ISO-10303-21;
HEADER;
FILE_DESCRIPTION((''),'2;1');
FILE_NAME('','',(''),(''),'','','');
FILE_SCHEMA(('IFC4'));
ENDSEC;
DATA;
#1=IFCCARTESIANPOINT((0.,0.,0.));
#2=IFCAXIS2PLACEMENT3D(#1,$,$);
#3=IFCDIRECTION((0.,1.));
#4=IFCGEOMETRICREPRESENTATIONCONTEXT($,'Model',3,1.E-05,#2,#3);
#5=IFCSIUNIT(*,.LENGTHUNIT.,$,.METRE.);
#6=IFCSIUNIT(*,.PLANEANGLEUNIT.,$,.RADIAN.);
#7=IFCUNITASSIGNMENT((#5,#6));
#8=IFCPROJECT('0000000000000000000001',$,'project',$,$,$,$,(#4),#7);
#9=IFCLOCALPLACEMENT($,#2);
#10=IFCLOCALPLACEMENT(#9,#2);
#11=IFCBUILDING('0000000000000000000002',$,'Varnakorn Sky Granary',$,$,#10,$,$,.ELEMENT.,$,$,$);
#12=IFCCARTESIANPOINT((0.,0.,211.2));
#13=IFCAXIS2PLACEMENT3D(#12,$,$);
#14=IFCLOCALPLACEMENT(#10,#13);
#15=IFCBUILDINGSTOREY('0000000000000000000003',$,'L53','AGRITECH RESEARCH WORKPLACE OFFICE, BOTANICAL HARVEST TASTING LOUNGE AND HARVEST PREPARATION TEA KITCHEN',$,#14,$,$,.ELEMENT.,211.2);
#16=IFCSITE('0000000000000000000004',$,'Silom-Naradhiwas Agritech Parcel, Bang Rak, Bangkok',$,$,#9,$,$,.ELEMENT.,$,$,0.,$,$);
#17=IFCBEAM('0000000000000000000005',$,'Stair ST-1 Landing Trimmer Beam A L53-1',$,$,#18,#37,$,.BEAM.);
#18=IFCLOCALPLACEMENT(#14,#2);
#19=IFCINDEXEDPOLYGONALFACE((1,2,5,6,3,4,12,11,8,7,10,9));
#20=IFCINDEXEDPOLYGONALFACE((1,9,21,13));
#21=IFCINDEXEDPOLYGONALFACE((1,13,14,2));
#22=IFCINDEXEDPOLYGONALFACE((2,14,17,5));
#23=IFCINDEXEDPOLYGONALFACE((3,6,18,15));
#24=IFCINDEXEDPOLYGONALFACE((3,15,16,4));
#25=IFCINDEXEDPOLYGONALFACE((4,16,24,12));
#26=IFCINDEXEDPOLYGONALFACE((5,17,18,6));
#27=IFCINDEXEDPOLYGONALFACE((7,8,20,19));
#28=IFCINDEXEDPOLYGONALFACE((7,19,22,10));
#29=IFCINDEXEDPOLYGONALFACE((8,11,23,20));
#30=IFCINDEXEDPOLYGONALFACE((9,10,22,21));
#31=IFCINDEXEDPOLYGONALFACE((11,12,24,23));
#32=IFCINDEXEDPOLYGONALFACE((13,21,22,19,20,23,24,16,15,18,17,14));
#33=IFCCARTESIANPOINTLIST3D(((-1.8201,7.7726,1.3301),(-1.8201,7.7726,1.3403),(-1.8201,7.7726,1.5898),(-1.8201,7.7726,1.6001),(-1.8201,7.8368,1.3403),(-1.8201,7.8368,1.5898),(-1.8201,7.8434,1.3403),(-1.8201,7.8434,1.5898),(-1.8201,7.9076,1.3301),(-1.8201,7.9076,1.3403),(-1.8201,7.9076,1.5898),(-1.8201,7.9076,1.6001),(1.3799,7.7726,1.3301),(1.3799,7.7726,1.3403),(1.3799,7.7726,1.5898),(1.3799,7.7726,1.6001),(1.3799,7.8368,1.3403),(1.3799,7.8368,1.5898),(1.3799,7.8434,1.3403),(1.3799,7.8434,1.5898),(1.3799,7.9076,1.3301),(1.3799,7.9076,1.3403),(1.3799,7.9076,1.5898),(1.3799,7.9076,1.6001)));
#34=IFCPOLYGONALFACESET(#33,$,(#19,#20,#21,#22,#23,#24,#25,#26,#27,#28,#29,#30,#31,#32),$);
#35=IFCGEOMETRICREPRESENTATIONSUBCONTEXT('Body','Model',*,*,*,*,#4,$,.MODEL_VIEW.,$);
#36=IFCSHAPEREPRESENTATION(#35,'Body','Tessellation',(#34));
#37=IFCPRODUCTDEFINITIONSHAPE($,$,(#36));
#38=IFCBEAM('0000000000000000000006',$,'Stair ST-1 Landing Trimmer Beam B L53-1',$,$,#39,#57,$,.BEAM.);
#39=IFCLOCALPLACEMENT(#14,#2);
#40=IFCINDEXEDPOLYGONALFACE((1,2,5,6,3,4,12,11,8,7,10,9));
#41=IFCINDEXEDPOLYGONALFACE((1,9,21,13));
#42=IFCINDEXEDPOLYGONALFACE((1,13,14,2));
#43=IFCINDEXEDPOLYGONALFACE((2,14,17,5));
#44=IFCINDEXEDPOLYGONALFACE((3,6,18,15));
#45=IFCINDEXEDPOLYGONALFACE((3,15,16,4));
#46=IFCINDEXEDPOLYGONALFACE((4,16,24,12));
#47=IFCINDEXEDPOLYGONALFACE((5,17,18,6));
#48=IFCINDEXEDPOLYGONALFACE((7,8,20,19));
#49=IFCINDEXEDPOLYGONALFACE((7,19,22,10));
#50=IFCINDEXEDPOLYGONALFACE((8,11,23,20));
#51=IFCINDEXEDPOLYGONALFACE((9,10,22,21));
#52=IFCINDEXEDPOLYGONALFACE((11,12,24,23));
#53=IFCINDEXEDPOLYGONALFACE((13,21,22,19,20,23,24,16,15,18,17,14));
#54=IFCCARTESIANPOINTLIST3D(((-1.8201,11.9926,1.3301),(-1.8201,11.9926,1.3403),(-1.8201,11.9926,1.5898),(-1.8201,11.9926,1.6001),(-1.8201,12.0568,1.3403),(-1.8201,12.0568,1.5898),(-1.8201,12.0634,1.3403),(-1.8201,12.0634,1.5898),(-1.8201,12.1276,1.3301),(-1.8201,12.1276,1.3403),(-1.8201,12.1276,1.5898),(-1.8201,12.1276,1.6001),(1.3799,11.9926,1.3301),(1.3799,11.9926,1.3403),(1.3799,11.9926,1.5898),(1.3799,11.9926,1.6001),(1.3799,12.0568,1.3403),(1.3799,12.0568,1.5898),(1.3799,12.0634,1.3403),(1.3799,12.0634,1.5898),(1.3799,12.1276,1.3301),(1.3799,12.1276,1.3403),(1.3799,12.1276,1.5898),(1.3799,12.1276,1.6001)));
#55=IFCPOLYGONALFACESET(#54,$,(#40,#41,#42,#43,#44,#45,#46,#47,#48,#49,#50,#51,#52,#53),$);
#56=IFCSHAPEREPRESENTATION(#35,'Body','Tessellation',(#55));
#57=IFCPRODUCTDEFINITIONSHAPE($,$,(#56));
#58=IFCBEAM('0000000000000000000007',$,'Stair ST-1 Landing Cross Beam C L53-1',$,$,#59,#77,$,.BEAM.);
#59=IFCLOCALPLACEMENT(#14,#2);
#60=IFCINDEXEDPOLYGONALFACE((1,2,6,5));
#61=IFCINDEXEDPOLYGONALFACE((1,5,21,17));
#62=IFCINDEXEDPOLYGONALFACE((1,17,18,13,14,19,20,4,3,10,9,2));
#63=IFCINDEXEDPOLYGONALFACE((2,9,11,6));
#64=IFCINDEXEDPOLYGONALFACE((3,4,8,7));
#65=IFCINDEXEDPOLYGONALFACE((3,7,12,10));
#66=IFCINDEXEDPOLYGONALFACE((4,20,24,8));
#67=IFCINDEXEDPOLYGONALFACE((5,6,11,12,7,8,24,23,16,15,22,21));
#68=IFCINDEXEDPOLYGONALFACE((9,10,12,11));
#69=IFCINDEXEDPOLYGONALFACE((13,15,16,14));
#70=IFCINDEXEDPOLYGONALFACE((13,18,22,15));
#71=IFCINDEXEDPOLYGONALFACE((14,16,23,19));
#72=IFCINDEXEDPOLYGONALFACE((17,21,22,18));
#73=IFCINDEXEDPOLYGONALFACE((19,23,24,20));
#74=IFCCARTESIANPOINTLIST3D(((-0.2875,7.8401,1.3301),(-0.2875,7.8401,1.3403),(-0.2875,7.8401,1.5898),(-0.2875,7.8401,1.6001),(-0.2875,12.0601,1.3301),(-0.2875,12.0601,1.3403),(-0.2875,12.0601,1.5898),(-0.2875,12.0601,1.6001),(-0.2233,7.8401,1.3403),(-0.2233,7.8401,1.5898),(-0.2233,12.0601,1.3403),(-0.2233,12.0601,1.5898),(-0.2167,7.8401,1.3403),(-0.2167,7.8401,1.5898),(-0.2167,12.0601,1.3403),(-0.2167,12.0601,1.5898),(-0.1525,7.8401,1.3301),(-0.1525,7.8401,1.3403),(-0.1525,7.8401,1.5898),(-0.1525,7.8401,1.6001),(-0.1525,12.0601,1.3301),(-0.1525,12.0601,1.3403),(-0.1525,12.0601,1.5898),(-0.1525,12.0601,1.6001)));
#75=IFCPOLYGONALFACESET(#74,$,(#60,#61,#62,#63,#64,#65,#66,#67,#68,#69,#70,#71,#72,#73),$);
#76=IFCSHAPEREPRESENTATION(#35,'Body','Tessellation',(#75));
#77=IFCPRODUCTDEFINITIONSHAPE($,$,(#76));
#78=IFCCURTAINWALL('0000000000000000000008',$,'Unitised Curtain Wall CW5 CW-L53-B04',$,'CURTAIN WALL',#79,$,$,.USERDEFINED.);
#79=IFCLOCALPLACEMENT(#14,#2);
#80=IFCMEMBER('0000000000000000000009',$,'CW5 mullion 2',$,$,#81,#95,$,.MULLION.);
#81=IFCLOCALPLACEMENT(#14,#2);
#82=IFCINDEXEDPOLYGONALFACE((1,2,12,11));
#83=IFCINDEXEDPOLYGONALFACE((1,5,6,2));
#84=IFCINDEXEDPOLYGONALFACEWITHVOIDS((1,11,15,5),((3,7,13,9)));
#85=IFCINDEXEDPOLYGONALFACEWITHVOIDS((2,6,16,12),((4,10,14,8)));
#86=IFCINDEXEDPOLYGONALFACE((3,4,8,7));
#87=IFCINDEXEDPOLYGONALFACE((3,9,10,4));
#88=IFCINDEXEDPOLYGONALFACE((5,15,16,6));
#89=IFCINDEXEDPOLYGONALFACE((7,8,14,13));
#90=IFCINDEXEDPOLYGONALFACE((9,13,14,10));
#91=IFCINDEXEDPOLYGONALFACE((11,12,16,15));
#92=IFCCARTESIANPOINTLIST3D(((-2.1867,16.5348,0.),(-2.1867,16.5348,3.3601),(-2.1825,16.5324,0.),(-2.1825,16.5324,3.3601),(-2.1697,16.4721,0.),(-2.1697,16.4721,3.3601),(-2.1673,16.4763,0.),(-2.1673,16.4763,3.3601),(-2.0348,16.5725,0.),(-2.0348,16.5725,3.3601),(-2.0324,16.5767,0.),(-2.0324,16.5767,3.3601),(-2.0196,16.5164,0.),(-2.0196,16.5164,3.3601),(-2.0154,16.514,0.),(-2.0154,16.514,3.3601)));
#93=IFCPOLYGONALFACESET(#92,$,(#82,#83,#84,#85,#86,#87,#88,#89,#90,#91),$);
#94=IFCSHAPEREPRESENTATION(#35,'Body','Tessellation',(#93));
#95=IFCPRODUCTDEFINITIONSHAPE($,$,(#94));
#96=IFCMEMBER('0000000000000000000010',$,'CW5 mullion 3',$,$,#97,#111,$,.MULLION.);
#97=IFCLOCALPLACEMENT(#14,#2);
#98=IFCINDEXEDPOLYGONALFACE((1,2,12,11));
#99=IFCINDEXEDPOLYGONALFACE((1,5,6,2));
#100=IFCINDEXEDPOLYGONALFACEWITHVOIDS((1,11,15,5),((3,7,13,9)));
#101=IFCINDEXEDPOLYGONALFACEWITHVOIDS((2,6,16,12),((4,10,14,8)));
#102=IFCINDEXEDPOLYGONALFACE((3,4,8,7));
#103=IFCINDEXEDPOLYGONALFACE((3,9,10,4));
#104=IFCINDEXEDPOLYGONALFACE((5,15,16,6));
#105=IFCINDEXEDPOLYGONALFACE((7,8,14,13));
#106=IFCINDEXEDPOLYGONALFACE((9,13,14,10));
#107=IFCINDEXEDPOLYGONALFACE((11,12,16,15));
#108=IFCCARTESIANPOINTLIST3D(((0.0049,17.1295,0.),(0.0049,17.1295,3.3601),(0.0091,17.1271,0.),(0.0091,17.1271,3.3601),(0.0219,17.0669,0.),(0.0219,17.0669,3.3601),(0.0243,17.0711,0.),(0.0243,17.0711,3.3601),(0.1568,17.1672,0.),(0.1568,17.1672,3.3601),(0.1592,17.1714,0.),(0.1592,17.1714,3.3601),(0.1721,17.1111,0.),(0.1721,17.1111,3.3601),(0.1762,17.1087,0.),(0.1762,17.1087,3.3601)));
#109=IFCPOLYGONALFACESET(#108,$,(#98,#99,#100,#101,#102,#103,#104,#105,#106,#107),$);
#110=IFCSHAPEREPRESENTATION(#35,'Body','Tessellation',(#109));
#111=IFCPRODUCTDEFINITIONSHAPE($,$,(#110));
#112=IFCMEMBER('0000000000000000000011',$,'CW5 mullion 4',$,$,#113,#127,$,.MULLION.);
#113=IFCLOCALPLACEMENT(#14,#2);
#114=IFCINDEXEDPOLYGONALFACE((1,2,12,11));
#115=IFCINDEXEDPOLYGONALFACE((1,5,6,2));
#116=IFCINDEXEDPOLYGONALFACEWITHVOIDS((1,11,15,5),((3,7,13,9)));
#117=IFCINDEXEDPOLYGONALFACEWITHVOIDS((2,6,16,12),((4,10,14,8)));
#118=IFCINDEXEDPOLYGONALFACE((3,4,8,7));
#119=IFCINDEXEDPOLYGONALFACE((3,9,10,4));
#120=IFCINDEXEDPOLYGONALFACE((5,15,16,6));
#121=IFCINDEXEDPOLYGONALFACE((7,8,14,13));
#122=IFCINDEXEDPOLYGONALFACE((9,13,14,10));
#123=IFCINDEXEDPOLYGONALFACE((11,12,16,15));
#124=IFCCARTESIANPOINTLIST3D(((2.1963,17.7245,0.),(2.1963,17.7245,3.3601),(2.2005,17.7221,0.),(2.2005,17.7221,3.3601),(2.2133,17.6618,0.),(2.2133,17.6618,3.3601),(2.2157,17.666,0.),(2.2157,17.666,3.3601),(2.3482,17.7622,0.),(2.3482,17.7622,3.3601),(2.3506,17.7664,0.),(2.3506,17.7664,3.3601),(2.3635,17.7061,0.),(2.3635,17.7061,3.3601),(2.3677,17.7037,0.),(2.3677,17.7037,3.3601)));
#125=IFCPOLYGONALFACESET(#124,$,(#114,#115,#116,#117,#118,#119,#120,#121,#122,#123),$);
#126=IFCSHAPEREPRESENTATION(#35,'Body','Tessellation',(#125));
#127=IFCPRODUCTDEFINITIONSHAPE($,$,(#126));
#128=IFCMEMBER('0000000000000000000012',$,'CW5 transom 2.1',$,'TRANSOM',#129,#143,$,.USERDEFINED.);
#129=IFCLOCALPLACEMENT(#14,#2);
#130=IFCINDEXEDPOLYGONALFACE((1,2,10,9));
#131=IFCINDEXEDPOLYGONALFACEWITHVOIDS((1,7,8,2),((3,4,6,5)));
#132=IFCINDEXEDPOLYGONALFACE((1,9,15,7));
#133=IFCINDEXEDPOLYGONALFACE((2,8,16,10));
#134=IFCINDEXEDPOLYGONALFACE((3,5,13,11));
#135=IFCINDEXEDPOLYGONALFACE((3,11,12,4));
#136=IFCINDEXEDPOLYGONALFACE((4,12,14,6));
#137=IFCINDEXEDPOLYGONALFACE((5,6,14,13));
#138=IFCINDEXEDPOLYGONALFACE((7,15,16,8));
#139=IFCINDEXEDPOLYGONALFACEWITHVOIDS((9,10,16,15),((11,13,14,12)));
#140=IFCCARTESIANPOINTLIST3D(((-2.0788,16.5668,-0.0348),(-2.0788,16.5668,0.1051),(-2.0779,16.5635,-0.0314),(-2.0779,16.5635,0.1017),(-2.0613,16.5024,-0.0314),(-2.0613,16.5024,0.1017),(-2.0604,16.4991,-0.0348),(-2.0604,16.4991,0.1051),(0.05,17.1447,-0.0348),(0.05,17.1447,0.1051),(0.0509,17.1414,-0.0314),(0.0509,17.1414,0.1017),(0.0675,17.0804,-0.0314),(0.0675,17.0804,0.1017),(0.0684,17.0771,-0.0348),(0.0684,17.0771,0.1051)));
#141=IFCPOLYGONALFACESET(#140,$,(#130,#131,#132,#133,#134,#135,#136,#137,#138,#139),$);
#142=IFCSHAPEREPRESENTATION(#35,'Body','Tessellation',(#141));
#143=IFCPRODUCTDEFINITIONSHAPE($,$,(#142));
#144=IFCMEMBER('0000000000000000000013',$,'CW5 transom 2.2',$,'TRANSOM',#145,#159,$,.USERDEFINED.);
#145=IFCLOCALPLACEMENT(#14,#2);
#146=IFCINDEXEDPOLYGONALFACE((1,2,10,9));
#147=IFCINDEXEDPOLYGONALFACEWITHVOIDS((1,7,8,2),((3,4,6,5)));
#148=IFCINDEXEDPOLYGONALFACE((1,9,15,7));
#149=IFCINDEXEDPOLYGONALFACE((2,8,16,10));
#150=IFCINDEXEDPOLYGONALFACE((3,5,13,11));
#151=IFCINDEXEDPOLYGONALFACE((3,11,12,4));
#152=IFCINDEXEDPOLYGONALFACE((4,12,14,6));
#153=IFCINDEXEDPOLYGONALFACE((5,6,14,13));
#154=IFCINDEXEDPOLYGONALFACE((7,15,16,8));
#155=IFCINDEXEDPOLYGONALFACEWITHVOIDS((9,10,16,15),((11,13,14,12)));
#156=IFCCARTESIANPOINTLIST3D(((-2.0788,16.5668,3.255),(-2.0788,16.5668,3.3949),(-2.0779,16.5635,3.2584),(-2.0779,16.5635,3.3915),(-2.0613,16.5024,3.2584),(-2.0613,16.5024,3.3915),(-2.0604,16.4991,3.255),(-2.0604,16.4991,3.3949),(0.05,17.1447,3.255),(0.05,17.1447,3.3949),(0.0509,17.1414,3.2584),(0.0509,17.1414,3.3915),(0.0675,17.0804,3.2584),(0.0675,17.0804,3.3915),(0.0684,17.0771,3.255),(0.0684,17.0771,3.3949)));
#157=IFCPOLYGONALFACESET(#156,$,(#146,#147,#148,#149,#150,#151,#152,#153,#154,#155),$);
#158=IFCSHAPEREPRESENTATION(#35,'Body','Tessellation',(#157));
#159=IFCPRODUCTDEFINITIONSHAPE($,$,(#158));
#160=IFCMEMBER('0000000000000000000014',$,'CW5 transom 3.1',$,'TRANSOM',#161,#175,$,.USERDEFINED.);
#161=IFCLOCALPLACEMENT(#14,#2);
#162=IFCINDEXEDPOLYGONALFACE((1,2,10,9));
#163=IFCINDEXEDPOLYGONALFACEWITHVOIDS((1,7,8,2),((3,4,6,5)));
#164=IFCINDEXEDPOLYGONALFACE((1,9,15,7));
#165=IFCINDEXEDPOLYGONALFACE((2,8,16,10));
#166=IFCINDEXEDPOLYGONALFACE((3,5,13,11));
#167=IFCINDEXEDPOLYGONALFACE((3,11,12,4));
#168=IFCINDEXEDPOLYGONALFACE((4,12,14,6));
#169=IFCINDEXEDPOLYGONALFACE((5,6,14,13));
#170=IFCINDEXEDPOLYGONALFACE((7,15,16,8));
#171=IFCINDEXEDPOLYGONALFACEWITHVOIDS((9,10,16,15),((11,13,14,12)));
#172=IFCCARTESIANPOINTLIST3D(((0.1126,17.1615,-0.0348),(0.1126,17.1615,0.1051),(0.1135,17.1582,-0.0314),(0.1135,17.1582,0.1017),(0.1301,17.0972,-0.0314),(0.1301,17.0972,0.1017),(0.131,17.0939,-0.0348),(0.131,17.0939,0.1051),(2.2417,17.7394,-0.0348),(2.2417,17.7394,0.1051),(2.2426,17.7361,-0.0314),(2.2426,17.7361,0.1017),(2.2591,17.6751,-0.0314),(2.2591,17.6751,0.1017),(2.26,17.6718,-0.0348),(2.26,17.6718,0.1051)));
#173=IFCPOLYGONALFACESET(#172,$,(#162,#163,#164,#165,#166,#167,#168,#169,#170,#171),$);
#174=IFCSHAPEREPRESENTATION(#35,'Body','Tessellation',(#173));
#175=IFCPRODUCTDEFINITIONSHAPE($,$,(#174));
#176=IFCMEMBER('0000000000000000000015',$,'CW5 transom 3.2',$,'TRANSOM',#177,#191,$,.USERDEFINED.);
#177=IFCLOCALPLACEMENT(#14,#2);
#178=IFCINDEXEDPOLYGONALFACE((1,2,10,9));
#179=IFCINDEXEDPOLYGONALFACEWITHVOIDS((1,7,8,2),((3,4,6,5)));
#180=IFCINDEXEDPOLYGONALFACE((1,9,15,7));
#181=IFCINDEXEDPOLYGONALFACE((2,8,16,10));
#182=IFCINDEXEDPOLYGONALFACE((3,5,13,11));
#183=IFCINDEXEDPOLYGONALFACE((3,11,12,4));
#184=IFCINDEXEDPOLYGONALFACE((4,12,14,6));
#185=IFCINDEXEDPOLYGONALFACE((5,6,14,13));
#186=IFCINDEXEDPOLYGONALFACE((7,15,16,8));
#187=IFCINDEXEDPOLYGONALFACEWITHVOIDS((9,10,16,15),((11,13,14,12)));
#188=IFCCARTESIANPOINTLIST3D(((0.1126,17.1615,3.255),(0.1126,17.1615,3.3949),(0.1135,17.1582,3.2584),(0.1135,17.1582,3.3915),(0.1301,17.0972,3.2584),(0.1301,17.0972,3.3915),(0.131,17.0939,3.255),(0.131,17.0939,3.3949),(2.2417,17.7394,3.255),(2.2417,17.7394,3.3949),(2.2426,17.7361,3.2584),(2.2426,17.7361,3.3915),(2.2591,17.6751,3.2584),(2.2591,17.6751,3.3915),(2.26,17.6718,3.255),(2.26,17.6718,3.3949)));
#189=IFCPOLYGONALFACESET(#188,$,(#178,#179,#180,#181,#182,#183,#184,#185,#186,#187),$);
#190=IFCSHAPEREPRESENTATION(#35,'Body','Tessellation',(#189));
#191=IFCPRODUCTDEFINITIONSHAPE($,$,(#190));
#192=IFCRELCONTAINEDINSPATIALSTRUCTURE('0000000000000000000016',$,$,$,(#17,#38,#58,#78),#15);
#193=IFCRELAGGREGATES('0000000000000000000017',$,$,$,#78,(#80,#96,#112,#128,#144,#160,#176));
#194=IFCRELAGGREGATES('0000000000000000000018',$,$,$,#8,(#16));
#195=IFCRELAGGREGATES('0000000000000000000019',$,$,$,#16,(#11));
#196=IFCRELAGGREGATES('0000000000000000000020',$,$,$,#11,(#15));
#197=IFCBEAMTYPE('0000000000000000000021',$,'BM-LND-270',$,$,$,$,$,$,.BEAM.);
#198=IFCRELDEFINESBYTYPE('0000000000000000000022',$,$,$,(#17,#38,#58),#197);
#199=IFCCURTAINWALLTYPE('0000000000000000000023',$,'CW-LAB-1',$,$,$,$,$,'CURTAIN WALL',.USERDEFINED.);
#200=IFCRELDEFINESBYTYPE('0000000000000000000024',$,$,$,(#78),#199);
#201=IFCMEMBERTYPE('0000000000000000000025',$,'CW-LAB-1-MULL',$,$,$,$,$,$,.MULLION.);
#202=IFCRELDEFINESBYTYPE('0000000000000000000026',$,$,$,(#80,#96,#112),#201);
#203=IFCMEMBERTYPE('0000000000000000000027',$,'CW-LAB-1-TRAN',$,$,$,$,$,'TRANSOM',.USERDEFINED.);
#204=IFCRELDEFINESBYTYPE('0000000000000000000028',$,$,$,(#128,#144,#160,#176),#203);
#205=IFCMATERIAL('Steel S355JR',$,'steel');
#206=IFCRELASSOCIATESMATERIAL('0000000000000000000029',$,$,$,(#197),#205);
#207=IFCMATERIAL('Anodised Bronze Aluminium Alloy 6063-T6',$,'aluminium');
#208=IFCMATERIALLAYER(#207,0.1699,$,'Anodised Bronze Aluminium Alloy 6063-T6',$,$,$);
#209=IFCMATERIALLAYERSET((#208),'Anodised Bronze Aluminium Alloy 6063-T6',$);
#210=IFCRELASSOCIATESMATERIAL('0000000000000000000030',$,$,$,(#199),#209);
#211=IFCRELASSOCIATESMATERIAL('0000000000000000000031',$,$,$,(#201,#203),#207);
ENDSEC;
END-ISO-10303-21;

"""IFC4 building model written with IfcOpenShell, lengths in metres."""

from ifc_helpers import new_model, si_unit, direction, frame, origin, origin_2d, place, context, subcontext, project, spatial, hollow_rectangle, i_section, extrude, material, layer, layer_set, material_profile, profile_set, type_object, element, aggregate, save


model = new_model("IFC4")

# Units and contexts
model_context = context("Model", 3, precision=1e-05, world=origin(), true_north=direction((0.0, 1.0)))
body_context = subcontext(model_context, "Body", "Model", "MODEL_VIEW")
ifc_project = project(units=[si_unit("LENGTHUNIT", "METRE"), si_unit("PLANEANGLEUNIT", "RADIAN")], contexts=[model_context])

# Site, building, storey
site_placement = place(None, origin())
site = spatial("IfcSite", under=ifc_project, at=site_placement, Name="Silom-Naradhiwas Agritech Parcel, Bang Rak, Bangkok", CompositionType="ELEMENT", RefElevation=0.0)
building_placement = place(site_placement, origin())
building = spatial("IfcBuilding", under=site, at=building_placement, Name="Varnakorn Sky Granary", CompositionType="ELEMENT")
storey_placement = place(building_placement, frame((0.0, 0.0, 211.2)))
storey = spatial("IfcBuildingStorey", under=building, at=storey_placement, Name="L53", Description="AGRITECH RESEARCH WORKPLACE OFFICE, BOTANICAL HARVEST TASTING LOUNGE AND HARVEST PREPARATION TEA KITCHEN", CompositionType="ELEMENT", Elevation=211.2)

# Beams
ifc_material_1 = material(Name="Steel S355JR", Category="steel")
ifc_material_profile_1 = material_profile(ifc_material_1, i_section(OverallWidth=0.135, OverallDepth=0.27, WebThickness=0.0066, FlangeThickness=0.0103, at=origin_2d()), Name="IPE 270")
ifc_profile_set_1 = profile_set([ifc_material_profile_1], Name="Steel S355JR")
beam_type = type_object("IfcBeamType", Name="BM-LND-270", PredefinedType="BEAM", material=ifc_profile_set_1)
for number, where, z_axis, x_axis, name in (
    (1, (-1.8201, 7.8401, 1.4651), (1.0, 0.0, 0.0), (0.0, 1.0, 0.0), "Stair ST-1 Landing Trimmer Beam A L53-1"),
    (2, (-1.8201, 12.0601, 1.4651), (1.0, 0.0, 0.0), (0.0, 1.0, 0.0), "Stair ST-1 Landing Trimmer Beam B L53-1"),
):
    element("IfcBeam", number, at=place(storey_placement, frame(where, z_axis=z_axis, x_axis=x_axis)), inside=storey, type_object=beam_type, Name=name, PredefinedType="BEAM", context=body_context, shape_type="SweptSolid", body=[
        extrude(i_section(OverallWidth=0.135, OverallDepth=0.27, WebThickness=0.0066, FlangeThickness=0.0103, at=origin_2d()), origin(), (0.0, 0.0, 1.0), 3.2),
    ])
beam_placement = place(storey_placement, frame((-0.22, 7.8401, 1.4651), z_axis=(0.0, 1.0, 0.0), x_axis=(-1.0, 0.0, 0.0)))
element("IfcBeam", 3, at=beam_placement, inside=storey, type_object=beam_type, Name="Stair ST-1 Landing Cross Beam C L53-1", PredefinedType="BEAM", context=body_context, shape_type="SweptSolid", body=[
    extrude(i_section(OverallWidth=0.135, OverallDepth=0.27, WebThickness=0.0066, FlangeThickness=0.0103, at=origin_2d()), origin(), (0.0, 0.0, 1.0), 4.22),
])

# Curtain wall, members
ifc_material_2 = material(Name="Anodised Bronze Aluminium Alloy 6063-T6", Category="aluminium")
ifc_layer_1 = layer(ifc_material_2, 0.1699, Name="Anodised Bronze Aluminium Alloy 6063-T6")
ifc_layer_set_1 = layer_set([ifc_layer_1], Name="Anodised Bronze Aluminium Alloy 6063-T6")
curtain_wall_type = type_object("IfcCurtainWallType", Name="CW-LAB-1", ElementType="CURTAIN WALL", PredefinedType="USERDEFINED", material=ifc_layer_set_1)
curtain_wall_placement = place(storey_placement, origin())
curtain_wall = element("IfcCurtainWall", 4, at=curtain_wall_placement, inside=storey, type_object=curtain_wall_type, Name="Unitised Curtain Wall CW5 CW-L53-B04", ObjectType="CURTAIN WALL", PredefinedType="USERDEFINED")
ifc_material_profile_2 = material_profile(ifc_material_2, hollow_rectangle(XDim=0.0649, YDim=0.1599, WallThickness=0.0034, at=origin_2d()), Name="ALU MULL 65x160")
ifc_profile_set_2 = profile_set([ifc_material_profile_2], Name="Anodised Bronze Aluminium Alloy 6063-T6")
member_type_1 = type_object("IfcMemberType", Name="CW-LAB-1-MULL", PredefinedType="MULLION", material=ifc_profile_set_2)
member_1_placement = place(storey_placement, frame((-2.1011, 16.5244, 0.0), z_axis=(0.0, 0.0, 1.0), x_axis=(-0.26192, 0.96509, 0.0)))
member_1 = element("IfcMember", 5, at=member_1_placement, type_object=member_type_1, Name="CW5 mullion 2", PredefinedType="MULLION", context=body_context, shape_type="SweptSolid", body=[
    extrude(hollow_rectangle(XDim=0.0649, YDim=0.1599, WallThickness=0.0034, at=origin_2d()), origin(), (0.0, 0.0, 1.0), 3.3601),
])
member_2_placement = place(storey_placement, frame((0.0906, 17.1191, 0.0), z_axis=(0.0, 0.0, 1.0), x_axis=(-0.26192, 0.96509, 0.0)))
member_2 = element("IfcMember", 6, at=member_2_placement, type_object=member_type_1, Name="CW5 mullion 3", PredefinedType="MULLION", context=body_context, shape_type="SweptSolid", body=[
    extrude(hollow_rectangle(XDim=0.0649, YDim=0.1599, WallThickness=0.0034, at=origin_2d()), origin(), (0.0, 0.0, 1.0), 3.3601),
])
member_3_placement = place(storey_placement, frame((2.282, 17.7141, 0.0), z_axis=(0.0, 0.0, 1.0), x_axis=(-0.26192, 0.96509, 0.0)))
member_3 = element("IfcMember", 7, at=member_3_placement, type_object=member_type_1, Name="CW5 mullion 4", PredefinedType="MULLION", context=body_context, shape_type="SweptSolid", body=[
    extrude(hollow_rectangle(XDim=0.0649, YDim=0.1599, WallThickness=0.0034, at=origin_2d()), origin(), (0.0, 0.0, 1.0), 3.3601),
])
ifc_material_profile_3 = material_profile(ifc_material_2, hollow_rectangle(XDim=0.0701, YDim=0.1399, WallThickness=0.0034, at=origin_2d()), Name="ALU TRAN 70x140")
ifc_profile_set_3 = profile_set([ifc_material_profile_3], Name="Anodised Bronze Aluminium Alloy 6063-T6")
member_type_2 = type_object("IfcMemberType", Name="CW-LAB-1-TRAN", ElementType="TRANSOM", PredefinedType="USERDEFINED", material=ifc_profile_set_3)
member_4_placement = place(storey_placement, frame((-2.0696, 16.533, 0.0352), z_axis=(0.96507, 0.261993, 0.0), x_axis=(-0.261993, 0.96507, 0.0)))
member_4 = element("IfcMember", 8, at=member_4_placement, type_object=member_type_2, Name="CW5 transom 2.1", ObjectType="TRANSOM", PredefinedType="USERDEFINED", context=body_context, shape_type="SweptSolid", body=[
    extrude(hollow_rectangle(XDim=0.0701, YDim=0.1399, WallThickness=0.0034, at=origin_2d()), origin(), (0.0, 0.0, 1.0), 2.2058),
])
member_5_placement = place(storey_placement, frame((-2.0696, 16.533, 3.325), z_axis=(0.96507, 0.261993, 0.0), x_axis=(-0.261993, 0.96507, 0.0)))
member_5 = element("IfcMember", 9, at=member_5_placement, type_object=member_type_2, Name="CW5 transom 2.2", ObjectType="TRANSOM", PredefinedType="USERDEFINED", context=body_context, shape_type="SweptSolid", body=[
    extrude(hollow_rectangle(XDim=0.0701, YDim=0.1399, WallThickness=0.0034, at=origin_2d()), origin(), (0.0, 0.0, 1.0), 2.2058),
])
member_6_placement = place(storey_placement, frame((0.1218, 17.1277, 0.0352), z_axis=(0.965077, 0.261965, 0.0), x_axis=(-0.261965, 0.965077, 0.0)))
member_6 = element("IfcMember", 10, at=member_6_placement, type_object=member_type_2, Name="CW5 transom 3.1", ObjectType="TRANSOM", PredefinedType="USERDEFINED", context=body_context, shape_type="SweptSolid", body=[
    extrude(hollow_rectangle(XDim=0.0701, YDim=0.1399, WallThickness=0.0034, at=origin_2d()), origin(), (0.0, 0.0, 1.0), 2.2061),
])
member_7_placement = place(storey_placement, frame((0.1218, 17.1277, 3.325), z_axis=(0.965077, 0.261965, 0.0), x_axis=(-0.261965, 0.965077, 0.0)))
member_7 = element("IfcMember", 11, at=member_7_placement, type_object=member_type_2, Name="CW5 transom 3.2", ObjectType="TRANSOM", PredefinedType="USERDEFINED", context=body_context, shape_type="SweptSolid", body=[
    extrude(hollow_rectangle(XDim=0.0701, YDim=0.1399, WallThickness=0.0034, at=origin_2d()), origin(), (0.0, 0.0, 1.0), 2.2061),
])

aggregate(curtain_wall, [member_1, member_2, member_3, member_4, member_5, member_6, member_7])

save(model, "model.ifc")
